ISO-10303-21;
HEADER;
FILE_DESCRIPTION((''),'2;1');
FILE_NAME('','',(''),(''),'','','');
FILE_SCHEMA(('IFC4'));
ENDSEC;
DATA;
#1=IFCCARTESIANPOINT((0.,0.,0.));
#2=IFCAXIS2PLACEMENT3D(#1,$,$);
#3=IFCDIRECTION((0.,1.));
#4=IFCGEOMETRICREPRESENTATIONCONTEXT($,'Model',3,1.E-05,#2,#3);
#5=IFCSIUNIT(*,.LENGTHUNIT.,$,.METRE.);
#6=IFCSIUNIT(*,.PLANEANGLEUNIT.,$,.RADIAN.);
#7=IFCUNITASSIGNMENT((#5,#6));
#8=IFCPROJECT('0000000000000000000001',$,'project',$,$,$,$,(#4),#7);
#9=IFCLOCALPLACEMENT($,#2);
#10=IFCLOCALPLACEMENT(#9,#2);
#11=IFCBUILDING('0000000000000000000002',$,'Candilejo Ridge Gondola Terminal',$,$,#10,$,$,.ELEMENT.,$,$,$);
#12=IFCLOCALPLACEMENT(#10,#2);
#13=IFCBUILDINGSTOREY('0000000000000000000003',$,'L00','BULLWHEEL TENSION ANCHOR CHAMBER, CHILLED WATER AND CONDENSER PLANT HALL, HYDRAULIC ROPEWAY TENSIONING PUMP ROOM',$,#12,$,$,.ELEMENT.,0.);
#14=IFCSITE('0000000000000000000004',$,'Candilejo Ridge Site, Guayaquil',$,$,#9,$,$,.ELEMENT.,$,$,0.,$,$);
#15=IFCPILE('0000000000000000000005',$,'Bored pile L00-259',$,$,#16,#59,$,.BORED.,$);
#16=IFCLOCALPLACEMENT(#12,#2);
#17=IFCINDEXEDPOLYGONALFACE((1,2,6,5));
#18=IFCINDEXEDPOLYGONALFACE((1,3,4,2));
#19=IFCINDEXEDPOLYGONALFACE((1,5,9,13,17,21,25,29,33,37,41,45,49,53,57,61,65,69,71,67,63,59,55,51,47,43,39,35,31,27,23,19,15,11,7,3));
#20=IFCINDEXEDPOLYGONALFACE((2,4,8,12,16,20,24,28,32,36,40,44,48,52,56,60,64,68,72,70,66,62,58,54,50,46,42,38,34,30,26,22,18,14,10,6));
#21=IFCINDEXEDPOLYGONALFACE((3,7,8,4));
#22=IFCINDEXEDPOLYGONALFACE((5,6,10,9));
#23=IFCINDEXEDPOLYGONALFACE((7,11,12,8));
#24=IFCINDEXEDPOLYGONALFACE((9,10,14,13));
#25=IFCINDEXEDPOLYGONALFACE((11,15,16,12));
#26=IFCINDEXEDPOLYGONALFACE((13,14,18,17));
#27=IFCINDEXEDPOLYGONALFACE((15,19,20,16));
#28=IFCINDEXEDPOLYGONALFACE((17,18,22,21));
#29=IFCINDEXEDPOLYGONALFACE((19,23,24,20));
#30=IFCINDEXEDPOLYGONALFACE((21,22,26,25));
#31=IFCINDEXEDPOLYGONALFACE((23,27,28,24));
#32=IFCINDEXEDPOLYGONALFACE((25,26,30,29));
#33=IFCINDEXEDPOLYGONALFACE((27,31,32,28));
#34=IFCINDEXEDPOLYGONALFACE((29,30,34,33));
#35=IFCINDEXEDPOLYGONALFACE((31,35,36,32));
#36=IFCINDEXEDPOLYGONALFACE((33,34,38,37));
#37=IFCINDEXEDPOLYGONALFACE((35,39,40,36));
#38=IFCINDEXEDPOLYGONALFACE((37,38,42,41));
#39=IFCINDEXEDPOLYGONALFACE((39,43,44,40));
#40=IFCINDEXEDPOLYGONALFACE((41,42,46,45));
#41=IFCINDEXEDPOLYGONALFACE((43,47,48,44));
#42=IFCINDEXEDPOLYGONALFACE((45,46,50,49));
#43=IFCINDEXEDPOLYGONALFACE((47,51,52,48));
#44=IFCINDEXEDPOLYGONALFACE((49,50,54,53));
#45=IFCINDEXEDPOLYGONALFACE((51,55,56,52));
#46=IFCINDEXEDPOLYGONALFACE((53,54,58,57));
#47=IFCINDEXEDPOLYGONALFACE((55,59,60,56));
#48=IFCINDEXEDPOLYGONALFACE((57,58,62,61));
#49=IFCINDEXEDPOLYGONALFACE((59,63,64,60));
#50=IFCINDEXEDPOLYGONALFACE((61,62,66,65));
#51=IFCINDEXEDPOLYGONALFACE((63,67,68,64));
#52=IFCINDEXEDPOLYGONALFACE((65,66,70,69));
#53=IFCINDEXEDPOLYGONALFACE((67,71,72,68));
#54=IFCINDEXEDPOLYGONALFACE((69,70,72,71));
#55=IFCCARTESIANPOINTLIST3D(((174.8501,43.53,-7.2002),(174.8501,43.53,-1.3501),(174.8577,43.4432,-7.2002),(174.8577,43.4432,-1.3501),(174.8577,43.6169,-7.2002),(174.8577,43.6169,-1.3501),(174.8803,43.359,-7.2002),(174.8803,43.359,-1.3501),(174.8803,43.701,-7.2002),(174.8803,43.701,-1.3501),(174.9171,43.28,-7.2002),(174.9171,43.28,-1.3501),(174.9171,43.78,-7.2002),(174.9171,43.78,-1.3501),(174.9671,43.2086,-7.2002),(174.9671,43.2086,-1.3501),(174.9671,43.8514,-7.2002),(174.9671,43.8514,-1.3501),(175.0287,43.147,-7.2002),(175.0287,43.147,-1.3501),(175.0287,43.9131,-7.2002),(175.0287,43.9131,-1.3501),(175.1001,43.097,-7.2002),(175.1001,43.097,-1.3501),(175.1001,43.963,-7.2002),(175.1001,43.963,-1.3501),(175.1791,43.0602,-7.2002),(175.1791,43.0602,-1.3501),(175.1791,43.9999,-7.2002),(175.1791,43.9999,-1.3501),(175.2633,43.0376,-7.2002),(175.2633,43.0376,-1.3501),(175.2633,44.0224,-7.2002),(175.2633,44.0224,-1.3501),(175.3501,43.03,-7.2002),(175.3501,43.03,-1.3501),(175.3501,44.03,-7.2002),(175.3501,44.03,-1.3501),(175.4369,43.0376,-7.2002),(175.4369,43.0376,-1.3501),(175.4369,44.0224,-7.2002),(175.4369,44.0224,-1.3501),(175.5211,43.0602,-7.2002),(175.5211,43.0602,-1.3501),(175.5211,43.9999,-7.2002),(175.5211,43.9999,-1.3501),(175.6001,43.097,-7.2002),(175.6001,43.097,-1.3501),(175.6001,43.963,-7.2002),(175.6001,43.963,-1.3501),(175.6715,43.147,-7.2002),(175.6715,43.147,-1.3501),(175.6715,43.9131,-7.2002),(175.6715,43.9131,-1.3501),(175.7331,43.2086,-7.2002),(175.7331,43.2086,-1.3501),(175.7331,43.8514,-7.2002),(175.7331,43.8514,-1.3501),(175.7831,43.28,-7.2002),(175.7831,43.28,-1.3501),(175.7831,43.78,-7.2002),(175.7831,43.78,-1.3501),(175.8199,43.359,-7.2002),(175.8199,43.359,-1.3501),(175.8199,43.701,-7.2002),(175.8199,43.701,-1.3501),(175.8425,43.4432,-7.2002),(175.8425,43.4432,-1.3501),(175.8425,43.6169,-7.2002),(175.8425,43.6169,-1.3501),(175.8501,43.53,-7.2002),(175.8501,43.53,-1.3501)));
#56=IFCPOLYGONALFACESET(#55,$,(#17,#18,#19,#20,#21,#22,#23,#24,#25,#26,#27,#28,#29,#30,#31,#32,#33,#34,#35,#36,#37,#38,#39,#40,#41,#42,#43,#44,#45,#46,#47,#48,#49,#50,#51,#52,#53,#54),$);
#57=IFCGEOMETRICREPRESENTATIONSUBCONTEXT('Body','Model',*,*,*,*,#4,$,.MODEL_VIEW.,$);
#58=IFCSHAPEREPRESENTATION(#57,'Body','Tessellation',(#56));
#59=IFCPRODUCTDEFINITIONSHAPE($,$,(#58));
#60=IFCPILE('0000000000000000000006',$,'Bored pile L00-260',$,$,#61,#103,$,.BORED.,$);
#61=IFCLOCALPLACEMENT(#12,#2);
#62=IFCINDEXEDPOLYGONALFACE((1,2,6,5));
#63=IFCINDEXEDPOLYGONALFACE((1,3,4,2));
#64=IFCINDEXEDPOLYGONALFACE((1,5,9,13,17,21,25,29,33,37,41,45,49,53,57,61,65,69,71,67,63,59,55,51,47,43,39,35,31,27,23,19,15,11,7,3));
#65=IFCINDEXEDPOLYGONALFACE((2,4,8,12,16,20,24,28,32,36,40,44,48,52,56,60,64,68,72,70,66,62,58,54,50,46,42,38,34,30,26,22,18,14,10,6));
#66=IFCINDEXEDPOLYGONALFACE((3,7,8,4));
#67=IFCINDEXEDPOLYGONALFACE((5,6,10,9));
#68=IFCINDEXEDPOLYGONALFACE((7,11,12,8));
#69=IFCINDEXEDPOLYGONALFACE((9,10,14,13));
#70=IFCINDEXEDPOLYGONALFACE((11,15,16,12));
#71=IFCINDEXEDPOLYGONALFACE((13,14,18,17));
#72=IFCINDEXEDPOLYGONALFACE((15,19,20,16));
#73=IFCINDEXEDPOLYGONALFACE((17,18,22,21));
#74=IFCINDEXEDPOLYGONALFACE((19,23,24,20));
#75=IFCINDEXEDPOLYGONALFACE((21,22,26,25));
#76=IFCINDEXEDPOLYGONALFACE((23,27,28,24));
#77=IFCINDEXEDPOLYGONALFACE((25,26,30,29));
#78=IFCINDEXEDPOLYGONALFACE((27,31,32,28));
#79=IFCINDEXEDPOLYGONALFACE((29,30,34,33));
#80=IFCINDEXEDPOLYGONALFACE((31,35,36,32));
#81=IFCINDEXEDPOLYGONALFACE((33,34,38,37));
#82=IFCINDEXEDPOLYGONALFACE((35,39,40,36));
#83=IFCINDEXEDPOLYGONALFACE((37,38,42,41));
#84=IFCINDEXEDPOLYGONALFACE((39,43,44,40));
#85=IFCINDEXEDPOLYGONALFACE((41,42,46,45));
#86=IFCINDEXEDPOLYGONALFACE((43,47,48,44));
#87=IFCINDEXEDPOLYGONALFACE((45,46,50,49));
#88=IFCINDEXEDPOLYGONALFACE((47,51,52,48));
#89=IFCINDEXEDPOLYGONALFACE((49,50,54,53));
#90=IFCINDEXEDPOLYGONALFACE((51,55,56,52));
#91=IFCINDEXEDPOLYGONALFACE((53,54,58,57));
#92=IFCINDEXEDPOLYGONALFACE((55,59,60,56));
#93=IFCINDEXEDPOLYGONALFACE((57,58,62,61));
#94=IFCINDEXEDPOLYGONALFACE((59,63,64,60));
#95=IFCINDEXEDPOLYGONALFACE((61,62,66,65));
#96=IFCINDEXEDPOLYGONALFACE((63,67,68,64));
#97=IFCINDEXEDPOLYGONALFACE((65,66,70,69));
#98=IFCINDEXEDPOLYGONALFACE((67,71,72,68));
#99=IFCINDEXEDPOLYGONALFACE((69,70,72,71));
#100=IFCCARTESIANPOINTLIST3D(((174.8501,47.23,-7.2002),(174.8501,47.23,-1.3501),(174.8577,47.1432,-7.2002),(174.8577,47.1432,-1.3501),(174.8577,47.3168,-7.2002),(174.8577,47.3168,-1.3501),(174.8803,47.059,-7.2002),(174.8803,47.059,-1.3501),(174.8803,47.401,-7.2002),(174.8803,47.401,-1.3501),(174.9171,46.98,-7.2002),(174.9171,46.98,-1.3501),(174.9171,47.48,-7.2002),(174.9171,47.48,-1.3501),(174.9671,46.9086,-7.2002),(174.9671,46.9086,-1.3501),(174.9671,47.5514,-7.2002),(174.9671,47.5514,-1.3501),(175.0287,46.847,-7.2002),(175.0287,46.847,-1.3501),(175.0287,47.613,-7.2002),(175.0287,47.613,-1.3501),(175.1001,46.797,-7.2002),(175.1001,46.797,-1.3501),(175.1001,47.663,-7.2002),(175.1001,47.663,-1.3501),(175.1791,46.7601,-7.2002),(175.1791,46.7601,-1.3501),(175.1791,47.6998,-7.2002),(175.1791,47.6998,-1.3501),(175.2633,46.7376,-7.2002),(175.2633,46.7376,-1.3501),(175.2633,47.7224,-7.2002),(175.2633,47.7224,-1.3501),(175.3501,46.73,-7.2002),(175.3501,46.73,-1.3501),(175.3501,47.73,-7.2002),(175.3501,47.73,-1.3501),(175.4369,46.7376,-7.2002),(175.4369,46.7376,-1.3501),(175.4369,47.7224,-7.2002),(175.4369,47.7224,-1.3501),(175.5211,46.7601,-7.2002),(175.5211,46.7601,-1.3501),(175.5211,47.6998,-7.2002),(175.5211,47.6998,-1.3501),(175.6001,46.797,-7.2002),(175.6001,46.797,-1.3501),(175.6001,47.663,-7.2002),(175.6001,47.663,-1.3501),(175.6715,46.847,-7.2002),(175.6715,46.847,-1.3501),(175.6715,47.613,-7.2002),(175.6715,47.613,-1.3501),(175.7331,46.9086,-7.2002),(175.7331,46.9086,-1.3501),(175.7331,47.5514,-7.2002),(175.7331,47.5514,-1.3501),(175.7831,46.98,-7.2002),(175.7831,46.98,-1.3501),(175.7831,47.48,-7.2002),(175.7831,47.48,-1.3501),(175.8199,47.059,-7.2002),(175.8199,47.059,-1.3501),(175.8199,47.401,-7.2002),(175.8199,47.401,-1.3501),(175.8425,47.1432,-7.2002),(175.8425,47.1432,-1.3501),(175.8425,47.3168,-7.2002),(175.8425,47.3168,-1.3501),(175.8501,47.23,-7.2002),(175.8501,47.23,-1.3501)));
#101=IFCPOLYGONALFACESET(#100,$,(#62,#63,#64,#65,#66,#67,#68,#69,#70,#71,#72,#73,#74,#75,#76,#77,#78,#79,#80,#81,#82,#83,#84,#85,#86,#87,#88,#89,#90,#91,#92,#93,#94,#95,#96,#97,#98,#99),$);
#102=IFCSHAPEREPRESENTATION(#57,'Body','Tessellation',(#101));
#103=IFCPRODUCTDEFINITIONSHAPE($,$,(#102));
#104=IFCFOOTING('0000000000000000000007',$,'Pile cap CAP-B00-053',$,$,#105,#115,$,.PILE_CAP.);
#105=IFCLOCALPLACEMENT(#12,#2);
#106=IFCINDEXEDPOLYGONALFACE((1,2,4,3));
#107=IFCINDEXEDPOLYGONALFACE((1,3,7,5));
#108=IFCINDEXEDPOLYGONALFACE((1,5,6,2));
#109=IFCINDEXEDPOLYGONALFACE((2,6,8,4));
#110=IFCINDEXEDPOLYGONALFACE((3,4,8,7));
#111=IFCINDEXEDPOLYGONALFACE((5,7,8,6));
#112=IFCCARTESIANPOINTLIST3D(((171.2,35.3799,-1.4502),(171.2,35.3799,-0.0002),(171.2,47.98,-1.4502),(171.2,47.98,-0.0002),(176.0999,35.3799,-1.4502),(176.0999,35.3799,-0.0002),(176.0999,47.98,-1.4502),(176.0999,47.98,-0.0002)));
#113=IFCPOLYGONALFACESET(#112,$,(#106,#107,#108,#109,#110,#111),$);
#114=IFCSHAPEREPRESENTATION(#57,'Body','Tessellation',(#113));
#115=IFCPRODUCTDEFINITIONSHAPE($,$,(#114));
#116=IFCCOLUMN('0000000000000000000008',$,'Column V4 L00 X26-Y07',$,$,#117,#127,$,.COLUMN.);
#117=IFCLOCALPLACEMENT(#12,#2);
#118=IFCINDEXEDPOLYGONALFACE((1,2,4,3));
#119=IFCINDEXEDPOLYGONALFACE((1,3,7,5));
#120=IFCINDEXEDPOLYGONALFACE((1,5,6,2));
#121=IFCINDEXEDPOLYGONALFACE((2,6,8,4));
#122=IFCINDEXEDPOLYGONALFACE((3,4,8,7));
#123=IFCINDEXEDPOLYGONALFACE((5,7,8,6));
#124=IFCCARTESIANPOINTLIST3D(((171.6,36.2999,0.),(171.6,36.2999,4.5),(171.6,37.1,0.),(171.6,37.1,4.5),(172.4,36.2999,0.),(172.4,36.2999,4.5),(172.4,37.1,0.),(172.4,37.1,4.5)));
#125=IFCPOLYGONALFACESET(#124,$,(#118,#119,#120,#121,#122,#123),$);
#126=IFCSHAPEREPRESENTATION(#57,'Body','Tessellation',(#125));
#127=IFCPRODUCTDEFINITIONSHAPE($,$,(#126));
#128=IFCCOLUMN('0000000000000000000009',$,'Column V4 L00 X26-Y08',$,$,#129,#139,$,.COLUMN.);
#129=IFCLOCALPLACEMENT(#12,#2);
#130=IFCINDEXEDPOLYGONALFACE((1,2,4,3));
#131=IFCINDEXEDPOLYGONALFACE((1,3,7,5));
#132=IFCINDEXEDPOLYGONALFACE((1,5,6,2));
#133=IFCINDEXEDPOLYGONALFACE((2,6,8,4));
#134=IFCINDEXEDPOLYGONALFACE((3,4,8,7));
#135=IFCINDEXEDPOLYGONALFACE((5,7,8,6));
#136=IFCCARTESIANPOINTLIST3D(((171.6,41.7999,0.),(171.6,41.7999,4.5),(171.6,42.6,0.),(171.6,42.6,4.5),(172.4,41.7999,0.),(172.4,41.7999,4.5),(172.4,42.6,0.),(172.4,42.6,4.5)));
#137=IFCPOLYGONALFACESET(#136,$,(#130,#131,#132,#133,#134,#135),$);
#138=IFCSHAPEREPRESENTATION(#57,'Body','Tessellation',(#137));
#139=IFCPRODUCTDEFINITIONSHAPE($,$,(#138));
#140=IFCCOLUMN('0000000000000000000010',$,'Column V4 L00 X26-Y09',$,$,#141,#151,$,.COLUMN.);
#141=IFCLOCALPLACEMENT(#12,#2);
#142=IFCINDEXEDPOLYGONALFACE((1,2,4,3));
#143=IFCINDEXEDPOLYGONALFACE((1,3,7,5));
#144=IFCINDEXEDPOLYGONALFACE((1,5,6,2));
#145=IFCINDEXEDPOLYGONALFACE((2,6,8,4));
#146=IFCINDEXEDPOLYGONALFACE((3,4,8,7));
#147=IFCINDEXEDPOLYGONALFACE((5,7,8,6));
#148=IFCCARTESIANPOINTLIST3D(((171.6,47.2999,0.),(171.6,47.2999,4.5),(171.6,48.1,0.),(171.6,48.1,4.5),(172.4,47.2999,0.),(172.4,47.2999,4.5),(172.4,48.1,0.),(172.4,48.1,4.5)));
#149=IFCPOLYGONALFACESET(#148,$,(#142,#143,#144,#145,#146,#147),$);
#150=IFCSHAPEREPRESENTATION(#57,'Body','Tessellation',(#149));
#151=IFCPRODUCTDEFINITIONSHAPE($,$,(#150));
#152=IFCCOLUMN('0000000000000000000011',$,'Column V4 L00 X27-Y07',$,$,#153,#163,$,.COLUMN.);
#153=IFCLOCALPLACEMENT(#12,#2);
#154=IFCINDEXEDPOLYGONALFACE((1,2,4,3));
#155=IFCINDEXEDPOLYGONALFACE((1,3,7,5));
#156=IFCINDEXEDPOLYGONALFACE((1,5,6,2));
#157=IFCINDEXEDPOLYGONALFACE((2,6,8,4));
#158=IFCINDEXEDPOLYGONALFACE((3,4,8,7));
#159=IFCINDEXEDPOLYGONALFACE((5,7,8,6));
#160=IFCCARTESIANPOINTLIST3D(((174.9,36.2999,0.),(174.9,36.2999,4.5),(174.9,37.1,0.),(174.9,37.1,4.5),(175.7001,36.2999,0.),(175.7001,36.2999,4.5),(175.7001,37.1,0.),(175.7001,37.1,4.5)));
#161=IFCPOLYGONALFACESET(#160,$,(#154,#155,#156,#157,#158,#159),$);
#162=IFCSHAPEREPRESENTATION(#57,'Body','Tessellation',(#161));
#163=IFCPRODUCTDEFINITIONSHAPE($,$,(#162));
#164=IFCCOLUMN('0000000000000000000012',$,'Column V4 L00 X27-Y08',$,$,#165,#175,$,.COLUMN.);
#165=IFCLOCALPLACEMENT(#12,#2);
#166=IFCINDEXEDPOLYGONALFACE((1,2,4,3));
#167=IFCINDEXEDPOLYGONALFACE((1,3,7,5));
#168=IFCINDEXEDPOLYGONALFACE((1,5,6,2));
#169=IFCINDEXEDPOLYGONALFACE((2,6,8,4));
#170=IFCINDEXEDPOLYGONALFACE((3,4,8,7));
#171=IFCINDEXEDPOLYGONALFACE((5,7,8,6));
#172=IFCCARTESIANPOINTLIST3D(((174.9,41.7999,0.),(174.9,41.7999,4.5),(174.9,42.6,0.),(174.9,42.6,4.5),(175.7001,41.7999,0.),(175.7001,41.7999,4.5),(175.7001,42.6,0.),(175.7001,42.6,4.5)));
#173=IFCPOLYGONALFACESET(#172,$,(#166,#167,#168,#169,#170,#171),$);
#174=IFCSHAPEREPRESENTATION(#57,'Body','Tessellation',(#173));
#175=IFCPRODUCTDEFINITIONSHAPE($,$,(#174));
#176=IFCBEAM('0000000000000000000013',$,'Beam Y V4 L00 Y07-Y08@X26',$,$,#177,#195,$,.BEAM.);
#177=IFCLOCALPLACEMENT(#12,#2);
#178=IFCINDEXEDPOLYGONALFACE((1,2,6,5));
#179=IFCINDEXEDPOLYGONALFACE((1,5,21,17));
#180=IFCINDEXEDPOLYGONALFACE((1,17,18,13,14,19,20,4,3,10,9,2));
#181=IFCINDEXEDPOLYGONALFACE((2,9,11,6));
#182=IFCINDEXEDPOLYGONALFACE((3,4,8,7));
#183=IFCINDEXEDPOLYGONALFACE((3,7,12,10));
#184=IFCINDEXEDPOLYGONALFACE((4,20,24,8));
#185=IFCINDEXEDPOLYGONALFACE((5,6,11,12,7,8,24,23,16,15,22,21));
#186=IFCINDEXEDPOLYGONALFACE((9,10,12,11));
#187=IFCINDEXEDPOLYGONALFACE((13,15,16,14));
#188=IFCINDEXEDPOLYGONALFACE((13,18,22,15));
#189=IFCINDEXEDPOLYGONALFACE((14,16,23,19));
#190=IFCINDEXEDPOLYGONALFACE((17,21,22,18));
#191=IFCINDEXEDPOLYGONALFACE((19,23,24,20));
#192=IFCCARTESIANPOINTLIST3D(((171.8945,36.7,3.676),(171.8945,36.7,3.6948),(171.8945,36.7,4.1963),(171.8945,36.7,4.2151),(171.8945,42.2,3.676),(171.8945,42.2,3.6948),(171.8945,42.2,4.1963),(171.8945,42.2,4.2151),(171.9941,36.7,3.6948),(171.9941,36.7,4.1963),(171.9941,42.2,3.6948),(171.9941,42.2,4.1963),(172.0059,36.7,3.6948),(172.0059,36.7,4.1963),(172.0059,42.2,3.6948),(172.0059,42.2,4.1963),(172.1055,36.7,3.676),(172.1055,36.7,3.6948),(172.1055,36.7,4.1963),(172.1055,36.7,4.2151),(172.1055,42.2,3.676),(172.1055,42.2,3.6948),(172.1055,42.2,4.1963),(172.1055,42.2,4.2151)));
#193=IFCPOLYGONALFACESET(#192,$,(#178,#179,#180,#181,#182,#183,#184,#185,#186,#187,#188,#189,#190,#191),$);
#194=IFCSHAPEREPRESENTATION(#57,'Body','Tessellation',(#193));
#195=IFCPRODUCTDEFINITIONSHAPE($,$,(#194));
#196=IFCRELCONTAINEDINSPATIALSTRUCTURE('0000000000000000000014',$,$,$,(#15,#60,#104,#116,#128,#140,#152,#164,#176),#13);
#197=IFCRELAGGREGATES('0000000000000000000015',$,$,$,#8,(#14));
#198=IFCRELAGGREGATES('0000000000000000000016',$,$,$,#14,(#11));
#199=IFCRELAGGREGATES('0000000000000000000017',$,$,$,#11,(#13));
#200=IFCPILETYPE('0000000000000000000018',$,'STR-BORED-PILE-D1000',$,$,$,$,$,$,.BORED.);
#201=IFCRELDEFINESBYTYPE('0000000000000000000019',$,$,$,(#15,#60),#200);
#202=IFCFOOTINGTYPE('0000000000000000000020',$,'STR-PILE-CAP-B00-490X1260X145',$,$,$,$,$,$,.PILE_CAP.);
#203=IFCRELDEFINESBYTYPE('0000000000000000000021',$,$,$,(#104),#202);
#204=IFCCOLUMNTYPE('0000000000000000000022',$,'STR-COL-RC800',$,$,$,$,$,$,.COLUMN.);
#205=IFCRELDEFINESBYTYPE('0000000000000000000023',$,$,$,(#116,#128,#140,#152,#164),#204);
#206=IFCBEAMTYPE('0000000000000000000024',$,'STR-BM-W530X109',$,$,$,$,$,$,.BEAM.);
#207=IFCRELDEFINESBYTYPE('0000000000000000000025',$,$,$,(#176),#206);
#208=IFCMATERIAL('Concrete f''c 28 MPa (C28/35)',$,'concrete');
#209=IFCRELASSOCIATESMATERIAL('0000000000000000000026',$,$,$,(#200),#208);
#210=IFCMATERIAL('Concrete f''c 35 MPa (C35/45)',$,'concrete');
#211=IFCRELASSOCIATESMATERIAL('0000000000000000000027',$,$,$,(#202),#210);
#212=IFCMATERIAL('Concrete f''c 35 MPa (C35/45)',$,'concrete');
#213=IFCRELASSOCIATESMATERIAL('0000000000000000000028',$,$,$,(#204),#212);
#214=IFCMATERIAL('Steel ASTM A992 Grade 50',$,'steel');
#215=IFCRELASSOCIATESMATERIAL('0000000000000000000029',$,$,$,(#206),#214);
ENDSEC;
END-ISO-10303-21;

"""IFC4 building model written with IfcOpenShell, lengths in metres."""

from ifc_helpers import new_model, si_unit, direction, frame, origin, origin_2d, place, context, subcontext, project, spatial, rectangle, circle, i_section, extrude, material, material_profile, profile_set, type_object, element, save


model = new_model("IFC4")

# Units and contexts
model_context = context("Model", 3, precision=1e-05, world=origin(), true_north=direction((0.0, 1.0)))
body_context = subcontext(model_context, "Body", "Model", "MODEL_VIEW")
ifc_project = project(units=[si_unit("LENGTHUNIT", "METRE"), si_unit("PLANEANGLEUNIT", "RADIAN")], contexts=[model_context])

# Site, building, storey
site_placement = place(None, origin())
site = spatial("IfcSite", under=ifc_project, at=site_placement, Name="Candilejo Ridge Site, Guayaquil", CompositionType="ELEMENT", RefElevation=0.0)
building_placement = place(site_placement, origin())
building = spatial("IfcBuilding", under=site, at=building_placement, Name="Candilejo Ridge Gondola Terminal", CompositionType="ELEMENT")
storey_placement = place(building_placement, origin())
storey = spatial("IfcBuildingStorey", under=building, at=storey_placement, Name="L00", Description="BULLWHEEL TENSION ANCHOR CHAMBER, CHILLED WATER AND CONDENSER PLANT HALL, HYDRAULIC ROPEWAY TENSIONING PUMP ROOM", CompositionType="ELEMENT", Elevation=0.0)

# Piles
ifc_material_1 = material(Name="Concrete f'c 28 MPa (C28/35)", Category="concrete")
ifc_material_profile_1 = material_profile(ifc_material_1, circle(Radius=0.5, at=origin_2d()))
ifc_profile_set_1 = profile_set([ifc_material_profile_1], Name="Concrete f'c 28 MPa (C28/35)")
pile_type = type_object("IfcPileType", Name="STR-BORED-PILE-D1000", PredefinedType="BORED", material=ifc_profile_set_1)
for number, where, z_axis, x_axis, name in (
    (1, (175.3501, 43.53, -1.3501), (0.0, 0.0, -1.0), (1.0, 0.0, 0.0), "Bored pile L00-259"),
    (2, (175.3501, 47.23, -1.3501), (0.0, 0.0, -1.0), (1.0, 0.0, 0.0), "Bored pile L00-260"),
):
    element("IfcPile", number, at=place(storey_placement, frame(where, z_axis=z_axis, x_axis=x_axis)), inside=storey, type_object=pile_type, Name=name, PredefinedType="BORED", context=body_context, shape_type="SweptSolid", body=[
        extrude(circle(Radius=0.5, at=origin_2d()), origin(), (0.0, 0.0, 1.0), 5.8501),
    ])

# Footing
ifc_material_2 = material(Name="Concrete f'c 35 MPa (C35/45)", Category="concrete")
footing_type = type_object("IfcFootingType", Name="STR-PILE-CAP-B00-490X1260X145", PredefinedType="PILE_CAP", material=ifc_material_2)
footing_placement = place(storey_placement, frame((173.6499, 41.6799, -1.4502), z_axis=(0.0, 0.0, 1.0), x_axis=(1.0, 0.0, 0.0)))
element("IfcFooting", 3, at=footing_placement, inside=storey, type_object=footing_type, Name="Pile cap CAP-B00-053", PredefinedType="PILE_CAP", context=body_context, shape_type="SweptSolid", body=[
    extrude(rectangle(XDim=4.8999, YDim=12.6001, at=origin_2d()), origin(), (0.0, 0.0, 1.0), 1.45),
])

# Columns
ifc_material_3 = material(Name="Concrete f'c 35 MPa (C35/45)", Category="concrete")
ifc_material_profile_2 = material_profile(ifc_material_3, rectangle(XDim=0.8, YDim=0.8, at=origin_2d()))
ifc_profile_set_2 = profile_set([ifc_material_profile_2], Name="Concrete f'c 35 MPa (C35/45)")
column_type = type_object("IfcColumnType", Name="STR-COL-RC800", PredefinedType="COLUMN", material=ifc_profile_set_2)
for number, where, z_axis, x_axis, name in (
    (4, (172.0, 36.7, 0.0), (0.0, 0.0, 1.0), (1.0, 0.0, 0.0), "Column V4 L00 X26-Y07"),
    (5, (172.0, 42.2, 0.0), (0.0, 0.0, 1.0), (1.0, 0.0, 0.0), "Column V4 L00 X26-Y08"),
    (6, (172.0, 47.7, 0.0), (0.0, 0.0, 1.0), (1.0, 0.0, 0.0), "Column V4 L00 X26-Y09"),
    (7, (175.3, 36.7, 0.0), (0.0, 0.0, 1.0), (1.0, 0.0, 0.0), "Column V4 L00 X27-Y07"),
    (8, (175.3, 42.2, 0.0), (0.0, 0.0, 1.0), (1.0, 0.0, 0.0), "Column V4 L00 X27-Y08"),
):
    element("IfcColumn", number, at=place(storey_placement, frame(where, z_axis=z_axis, x_axis=x_axis)), inside=storey, type_object=column_type, Name=name, PredefinedType="COLUMN", context=body_context, shape_type="SweptSolid", body=[
        extrude(rectangle(XDim=0.8, YDim=0.8, at=origin_2d()), origin(), (0.0, 0.0, 1.0), 4.5),
    ])

# Beam
ifc_material_4 = material(Name="Steel ASTM A992 Grade 50", Category="steel")
ifc_material_profile_3 = material_profile(ifc_material_4, i_section(OverallWidth=0.2109, OverallDepth=0.5391, WebThickness=0.0117, FlangeThickness=0.0188, at=origin_2d()))
ifc_profile_set_3 = profile_set([ifc_material_profile_3], Name="Steel ASTM A992 Grade 50")
beam_type_1 = type_object("IfcBeamType", Name="STR-BM-W530X109", PredefinedType="BEAM", material=ifc_profile_set_3)
for number, where, z_axis, x_axis, name in (
    (9, (172.0, 36.7, 3.9456), (0.0, 1.0, 0.0), (-1.0, 0.0, 0.0), "Beam Y V4 L00 Y07-Y08@X26"),
):
    element("IfcBeam", number, at=place(storey_placement, frame(where, z_axis=z_axis, x_axis=x_axis)), inside=storey, type_object=beam_type_1, Name=name, PredefinedType="BEAM", context=body_context, shape_type="SweptSolid", body=[
        extrude(i_section(OverallWidth=0.2109, OverallDepth=0.5391, WebThickness=0.0117, FlangeThickness=0.0188, at=origin_2d()), origin(), (0.0, 0.0, 1.0), 5.5),
    ])

save(model, "model.ifc")
